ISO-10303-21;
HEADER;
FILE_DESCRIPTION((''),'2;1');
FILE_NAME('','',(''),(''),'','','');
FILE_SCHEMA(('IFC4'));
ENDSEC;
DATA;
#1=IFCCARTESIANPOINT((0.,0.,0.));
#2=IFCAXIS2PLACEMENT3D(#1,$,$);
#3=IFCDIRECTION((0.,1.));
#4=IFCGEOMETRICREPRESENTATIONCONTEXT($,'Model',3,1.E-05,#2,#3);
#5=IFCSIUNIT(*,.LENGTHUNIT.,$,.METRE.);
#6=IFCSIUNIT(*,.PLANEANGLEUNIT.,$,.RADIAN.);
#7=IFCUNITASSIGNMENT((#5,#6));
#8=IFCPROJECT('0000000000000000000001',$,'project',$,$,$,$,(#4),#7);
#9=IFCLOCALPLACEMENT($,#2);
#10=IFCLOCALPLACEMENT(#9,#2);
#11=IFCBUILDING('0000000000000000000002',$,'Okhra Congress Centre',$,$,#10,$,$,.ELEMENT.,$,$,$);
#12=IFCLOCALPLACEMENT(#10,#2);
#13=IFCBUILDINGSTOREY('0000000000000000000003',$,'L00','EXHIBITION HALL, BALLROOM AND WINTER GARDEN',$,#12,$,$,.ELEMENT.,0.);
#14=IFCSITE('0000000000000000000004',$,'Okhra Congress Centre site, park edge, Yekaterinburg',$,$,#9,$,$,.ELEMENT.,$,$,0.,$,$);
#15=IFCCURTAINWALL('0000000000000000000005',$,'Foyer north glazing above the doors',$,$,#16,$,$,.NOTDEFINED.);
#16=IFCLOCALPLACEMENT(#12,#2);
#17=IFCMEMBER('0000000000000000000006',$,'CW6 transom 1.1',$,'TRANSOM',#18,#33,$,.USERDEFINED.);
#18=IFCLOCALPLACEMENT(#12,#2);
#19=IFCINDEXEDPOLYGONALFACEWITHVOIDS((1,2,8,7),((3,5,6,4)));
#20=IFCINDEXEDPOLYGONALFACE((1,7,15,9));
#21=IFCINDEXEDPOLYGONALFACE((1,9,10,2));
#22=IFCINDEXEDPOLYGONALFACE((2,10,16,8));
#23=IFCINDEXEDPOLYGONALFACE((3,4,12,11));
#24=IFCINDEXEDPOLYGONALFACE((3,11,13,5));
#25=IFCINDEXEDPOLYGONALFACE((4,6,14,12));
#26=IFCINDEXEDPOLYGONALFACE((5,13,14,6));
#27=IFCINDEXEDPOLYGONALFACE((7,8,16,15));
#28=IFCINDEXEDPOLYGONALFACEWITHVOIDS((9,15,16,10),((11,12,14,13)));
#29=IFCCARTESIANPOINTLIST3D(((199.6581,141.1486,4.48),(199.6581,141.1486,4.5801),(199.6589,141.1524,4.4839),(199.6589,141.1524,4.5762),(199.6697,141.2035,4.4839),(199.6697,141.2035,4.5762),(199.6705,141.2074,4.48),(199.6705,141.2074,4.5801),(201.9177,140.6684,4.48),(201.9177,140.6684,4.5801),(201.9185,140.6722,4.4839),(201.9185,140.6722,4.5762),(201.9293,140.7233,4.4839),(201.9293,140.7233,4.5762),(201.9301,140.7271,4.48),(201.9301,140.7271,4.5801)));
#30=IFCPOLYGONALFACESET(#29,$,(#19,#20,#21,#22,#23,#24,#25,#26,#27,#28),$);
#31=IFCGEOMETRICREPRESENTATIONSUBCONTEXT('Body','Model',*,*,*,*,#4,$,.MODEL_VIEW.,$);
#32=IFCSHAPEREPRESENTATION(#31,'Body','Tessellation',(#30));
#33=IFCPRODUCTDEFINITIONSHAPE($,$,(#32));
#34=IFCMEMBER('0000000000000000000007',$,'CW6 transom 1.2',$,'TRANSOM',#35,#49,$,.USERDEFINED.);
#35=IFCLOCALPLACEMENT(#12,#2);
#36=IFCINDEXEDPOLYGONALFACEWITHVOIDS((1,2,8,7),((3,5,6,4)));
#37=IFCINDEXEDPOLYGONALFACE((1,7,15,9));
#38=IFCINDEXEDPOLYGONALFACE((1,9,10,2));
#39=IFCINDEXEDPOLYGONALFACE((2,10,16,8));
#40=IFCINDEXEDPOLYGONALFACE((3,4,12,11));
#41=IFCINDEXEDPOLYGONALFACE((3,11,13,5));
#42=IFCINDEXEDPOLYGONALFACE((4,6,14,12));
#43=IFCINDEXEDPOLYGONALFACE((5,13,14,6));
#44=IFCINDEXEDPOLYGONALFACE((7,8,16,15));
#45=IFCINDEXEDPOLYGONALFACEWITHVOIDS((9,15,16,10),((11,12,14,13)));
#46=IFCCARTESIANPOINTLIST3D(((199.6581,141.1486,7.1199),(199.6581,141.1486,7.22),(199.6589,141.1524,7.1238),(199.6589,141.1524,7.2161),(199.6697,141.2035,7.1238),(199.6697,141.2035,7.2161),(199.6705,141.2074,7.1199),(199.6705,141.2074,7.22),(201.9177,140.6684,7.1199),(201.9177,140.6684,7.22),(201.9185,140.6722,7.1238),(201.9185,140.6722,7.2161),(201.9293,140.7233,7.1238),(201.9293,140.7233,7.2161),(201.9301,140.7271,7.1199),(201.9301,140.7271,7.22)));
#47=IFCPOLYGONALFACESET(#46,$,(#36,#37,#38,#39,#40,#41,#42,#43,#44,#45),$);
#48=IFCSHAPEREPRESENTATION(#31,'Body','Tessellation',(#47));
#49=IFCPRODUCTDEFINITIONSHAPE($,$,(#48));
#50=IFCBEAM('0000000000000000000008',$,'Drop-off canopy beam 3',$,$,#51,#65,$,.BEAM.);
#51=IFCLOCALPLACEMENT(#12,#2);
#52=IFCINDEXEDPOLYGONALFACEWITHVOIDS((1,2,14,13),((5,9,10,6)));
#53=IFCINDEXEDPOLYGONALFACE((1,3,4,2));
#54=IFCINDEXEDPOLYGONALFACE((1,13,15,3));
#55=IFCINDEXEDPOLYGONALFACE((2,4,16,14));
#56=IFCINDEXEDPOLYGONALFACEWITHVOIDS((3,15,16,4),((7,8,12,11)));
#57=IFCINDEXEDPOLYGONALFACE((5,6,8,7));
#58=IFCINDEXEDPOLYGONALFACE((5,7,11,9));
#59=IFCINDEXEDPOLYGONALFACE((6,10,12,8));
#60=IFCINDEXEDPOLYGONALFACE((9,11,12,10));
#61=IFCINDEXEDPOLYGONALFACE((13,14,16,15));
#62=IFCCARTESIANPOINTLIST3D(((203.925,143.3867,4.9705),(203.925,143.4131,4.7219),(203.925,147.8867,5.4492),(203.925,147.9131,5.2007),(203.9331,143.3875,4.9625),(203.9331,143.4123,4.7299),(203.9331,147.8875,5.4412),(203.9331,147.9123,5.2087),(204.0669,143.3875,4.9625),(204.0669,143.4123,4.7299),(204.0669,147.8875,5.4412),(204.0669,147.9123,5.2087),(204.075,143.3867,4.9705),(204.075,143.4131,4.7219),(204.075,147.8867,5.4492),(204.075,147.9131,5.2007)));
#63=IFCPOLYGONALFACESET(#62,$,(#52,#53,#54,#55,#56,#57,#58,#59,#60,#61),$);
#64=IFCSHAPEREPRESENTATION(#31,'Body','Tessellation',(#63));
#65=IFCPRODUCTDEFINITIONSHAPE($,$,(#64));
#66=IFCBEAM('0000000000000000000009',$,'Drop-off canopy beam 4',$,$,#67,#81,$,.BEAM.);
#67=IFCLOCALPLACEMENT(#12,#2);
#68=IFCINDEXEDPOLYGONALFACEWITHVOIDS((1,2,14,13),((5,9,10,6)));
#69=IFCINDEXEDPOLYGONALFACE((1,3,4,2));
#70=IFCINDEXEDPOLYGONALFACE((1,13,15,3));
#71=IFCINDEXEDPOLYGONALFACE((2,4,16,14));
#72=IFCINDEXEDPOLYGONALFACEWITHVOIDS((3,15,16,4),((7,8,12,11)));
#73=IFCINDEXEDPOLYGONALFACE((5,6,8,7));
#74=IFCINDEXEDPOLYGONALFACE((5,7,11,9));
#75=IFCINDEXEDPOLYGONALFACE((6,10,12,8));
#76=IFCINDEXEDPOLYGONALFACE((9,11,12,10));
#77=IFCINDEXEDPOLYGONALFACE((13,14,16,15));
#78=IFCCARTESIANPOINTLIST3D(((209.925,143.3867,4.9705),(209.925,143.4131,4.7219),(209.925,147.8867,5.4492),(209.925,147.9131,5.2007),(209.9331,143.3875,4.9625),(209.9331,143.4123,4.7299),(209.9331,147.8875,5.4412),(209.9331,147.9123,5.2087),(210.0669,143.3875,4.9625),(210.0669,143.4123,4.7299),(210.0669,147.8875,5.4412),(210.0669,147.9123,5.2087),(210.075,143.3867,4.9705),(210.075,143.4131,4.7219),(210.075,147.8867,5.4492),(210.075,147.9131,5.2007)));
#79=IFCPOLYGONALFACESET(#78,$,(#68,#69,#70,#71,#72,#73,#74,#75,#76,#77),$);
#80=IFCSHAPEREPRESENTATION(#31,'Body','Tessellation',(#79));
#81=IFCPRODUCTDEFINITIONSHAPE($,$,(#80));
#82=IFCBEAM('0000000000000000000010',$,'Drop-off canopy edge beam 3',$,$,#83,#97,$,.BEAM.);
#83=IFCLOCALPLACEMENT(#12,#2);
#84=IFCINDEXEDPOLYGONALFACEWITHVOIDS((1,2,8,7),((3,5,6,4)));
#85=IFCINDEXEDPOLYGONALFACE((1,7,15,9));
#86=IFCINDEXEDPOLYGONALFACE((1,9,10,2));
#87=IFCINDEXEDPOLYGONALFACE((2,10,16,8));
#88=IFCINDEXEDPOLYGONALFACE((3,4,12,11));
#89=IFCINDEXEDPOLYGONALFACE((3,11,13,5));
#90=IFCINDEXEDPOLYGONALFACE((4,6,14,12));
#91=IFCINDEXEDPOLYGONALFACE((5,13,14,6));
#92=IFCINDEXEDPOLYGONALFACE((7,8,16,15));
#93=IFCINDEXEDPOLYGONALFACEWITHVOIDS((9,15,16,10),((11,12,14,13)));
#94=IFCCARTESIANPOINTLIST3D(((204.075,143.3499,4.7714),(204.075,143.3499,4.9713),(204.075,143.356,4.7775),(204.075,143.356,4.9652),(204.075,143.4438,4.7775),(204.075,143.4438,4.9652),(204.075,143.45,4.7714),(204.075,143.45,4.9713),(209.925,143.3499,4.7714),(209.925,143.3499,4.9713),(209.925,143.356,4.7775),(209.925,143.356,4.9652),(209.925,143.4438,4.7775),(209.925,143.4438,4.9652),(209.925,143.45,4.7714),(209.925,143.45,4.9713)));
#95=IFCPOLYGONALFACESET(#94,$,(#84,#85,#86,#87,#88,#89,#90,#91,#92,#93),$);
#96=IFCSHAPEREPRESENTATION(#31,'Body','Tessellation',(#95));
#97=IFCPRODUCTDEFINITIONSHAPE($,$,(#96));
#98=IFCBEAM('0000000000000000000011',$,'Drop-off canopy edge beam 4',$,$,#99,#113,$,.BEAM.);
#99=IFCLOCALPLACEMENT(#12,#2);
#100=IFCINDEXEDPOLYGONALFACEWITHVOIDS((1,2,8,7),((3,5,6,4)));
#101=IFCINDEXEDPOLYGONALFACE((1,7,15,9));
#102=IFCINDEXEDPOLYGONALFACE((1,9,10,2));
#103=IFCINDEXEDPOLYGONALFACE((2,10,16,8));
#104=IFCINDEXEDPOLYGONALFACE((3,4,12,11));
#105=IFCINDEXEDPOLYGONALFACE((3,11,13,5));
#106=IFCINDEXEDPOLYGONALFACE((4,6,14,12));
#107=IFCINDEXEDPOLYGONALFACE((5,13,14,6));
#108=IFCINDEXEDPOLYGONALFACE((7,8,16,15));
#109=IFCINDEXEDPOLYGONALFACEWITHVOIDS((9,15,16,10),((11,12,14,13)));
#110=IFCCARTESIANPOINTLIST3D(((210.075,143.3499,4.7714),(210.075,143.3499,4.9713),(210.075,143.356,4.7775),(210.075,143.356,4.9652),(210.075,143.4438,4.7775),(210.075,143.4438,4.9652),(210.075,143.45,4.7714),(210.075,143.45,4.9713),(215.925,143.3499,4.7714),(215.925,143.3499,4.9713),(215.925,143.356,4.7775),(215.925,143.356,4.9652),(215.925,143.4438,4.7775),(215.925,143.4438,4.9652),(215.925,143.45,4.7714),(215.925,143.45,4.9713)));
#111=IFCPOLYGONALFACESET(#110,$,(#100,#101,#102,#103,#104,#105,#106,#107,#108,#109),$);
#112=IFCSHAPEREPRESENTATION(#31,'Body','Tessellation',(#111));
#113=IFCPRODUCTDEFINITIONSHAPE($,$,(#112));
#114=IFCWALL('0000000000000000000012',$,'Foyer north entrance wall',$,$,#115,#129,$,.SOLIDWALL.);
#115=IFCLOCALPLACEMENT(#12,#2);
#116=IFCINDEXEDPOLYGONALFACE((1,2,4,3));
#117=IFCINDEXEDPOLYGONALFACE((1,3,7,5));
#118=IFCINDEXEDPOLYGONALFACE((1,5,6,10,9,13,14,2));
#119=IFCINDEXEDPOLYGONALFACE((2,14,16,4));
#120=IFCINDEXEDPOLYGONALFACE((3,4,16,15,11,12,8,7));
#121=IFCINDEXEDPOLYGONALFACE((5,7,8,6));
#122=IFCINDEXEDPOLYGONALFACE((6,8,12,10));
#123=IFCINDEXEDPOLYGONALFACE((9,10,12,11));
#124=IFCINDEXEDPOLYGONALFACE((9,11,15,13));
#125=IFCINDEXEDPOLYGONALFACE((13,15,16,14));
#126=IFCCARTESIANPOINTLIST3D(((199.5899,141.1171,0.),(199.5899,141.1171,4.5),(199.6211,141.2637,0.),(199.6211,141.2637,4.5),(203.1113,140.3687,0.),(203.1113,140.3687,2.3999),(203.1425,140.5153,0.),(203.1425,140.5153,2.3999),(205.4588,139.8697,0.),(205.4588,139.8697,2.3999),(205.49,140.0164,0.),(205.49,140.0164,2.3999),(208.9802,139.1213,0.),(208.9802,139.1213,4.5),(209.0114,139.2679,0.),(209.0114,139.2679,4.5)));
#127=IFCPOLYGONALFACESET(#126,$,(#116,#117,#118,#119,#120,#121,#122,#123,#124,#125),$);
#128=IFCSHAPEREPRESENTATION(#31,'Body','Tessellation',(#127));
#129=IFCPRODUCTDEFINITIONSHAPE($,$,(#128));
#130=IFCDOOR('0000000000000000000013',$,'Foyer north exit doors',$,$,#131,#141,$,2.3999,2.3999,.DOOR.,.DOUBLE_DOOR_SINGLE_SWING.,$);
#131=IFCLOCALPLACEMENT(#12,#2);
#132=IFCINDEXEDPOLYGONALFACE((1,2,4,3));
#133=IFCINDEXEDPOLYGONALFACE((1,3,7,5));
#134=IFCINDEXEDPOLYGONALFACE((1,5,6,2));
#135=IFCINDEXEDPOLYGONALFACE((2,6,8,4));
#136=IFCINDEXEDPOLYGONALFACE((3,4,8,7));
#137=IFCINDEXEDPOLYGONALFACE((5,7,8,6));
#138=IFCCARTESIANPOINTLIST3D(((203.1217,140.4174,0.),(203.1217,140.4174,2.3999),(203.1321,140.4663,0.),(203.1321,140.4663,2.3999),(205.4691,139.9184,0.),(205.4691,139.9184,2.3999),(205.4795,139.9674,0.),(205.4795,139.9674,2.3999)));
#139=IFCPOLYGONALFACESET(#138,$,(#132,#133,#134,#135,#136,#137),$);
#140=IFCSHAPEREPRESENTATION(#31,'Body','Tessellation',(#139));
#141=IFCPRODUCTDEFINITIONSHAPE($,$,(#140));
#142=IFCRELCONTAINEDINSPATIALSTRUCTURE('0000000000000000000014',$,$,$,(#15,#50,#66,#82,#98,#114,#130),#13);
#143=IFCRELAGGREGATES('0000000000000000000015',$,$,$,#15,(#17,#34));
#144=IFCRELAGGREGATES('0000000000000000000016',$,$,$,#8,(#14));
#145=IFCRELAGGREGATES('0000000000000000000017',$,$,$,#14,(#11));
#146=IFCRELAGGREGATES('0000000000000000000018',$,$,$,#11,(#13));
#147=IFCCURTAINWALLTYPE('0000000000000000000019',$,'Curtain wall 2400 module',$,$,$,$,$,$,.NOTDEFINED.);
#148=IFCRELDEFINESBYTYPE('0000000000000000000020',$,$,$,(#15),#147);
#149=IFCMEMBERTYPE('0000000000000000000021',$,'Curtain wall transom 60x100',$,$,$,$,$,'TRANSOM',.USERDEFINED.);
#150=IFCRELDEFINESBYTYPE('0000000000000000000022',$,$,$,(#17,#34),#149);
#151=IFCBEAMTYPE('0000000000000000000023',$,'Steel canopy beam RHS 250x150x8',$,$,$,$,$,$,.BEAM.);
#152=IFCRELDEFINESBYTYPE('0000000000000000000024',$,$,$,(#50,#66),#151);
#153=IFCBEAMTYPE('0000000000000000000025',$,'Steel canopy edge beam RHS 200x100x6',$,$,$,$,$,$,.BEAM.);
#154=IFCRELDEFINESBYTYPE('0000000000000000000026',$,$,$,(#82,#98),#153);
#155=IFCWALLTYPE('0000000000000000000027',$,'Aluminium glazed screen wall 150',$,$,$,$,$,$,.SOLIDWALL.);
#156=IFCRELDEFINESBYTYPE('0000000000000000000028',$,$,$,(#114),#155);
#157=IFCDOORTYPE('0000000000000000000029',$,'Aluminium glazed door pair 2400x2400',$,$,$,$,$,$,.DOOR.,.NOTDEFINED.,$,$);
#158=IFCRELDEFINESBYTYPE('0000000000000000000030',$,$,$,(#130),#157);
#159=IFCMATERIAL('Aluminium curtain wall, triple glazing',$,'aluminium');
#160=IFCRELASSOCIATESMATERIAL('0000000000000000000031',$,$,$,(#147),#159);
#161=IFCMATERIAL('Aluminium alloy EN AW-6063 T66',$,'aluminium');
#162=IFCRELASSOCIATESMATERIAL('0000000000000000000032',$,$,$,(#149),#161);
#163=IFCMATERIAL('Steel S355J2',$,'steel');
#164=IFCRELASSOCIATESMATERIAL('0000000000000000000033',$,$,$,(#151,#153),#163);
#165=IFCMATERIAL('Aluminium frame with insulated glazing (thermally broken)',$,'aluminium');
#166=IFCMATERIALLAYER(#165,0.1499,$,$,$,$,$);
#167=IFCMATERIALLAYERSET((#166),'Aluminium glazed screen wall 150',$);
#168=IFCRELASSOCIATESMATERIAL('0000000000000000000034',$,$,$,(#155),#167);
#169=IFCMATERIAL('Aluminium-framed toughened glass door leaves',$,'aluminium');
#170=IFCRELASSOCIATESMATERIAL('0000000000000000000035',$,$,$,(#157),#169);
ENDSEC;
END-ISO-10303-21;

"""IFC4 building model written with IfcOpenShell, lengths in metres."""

from ifc_helpers import new_model, si_unit, direction, frame, frame_2d, origin, origin_2d, place, context, subcontext, project, spatial, rectangle, hollow_rectangle, extrude, material, layer, layer_set, material_profile, profile_set, type_object, element, fill, aggregate, save


model = new_model("IFC4")

# Units and contexts
model_context = context("Model", 3, precision=1e-05, world=origin(), true_north=direction((0.0, 1.0)))
body_context = subcontext(model_context, "Body", "Model", "MODEL_VIEW")
ifc_project = project(units=[si_unit("LENGTHUNIT", "METRE"), si_unit("PLANEANGLEUNIT", "RADIAN")], contexts=[model_context])

# Site, building, storey
site_placement = place(None, origin())
site = spatial("IfcSite", under=ifc_project, at=site_placement, Name="Okhra Congress Centre site, park edge, Yekaterinburg", CompositionType="ELEMENT", RefElevation=0.0)
building_placement = place(site_placement, origin())
building = spatial("IfcBuilding", under=site, at=building_placement, Name="Okhra Congress Centre", CompositionType="ELEMENT")
storey_placement = place(building_placement, origin())
storey = spatial("IfcBuildingStorey", under=building, at=storey_placement, Name="L00", Description="EXHIBITION HALL, BALLROOM AND WINTER GARDEN", CompositionType="ELEMENT", Elevation=0.0)

# Shared definitions
ifc_material_1 = material(Name="Steel S355J2", Category="steel")

# Curtain wall, members
ifc_material_2 = material(Name="Aluminium curtain wall, triple glazing", Category="aluminium")
curtain_wall_type = type_object("IfcCurtainWallType", Name="Curtain wall 2400 module", PredefinedType="NOTDEFINED", material=ifc_material_2)
curtain_wall_placement = place(storey_placement, origin())
curtain_wall = element("IfcCurtainWall", 1, at=curtain_wall_placement, inside=storey, type_object=curtain_wall_type, Name="Foyer north glazing above the doors", PredefinedType="NOTDEFINED")
ifc_material_3 = material(Name="Aluminium alloy EN AW-6063 T66", Category="aluminium")
ifc_material_profile_1 = material_profile(ifc_material_3, hollow_rectangle(XDim=0.0601, YDim=0.1001, WallThickness=0.0039, at=origin_2d()), Name="RHS 60x100x4")
ifc_profile_set_1 = profile_set([ifc_material_profile_1], Name="Aluminium alloy EN AW-6063 T66")
member_type_1 = type_object("IfcMemberType", Name="Curtain wall transom 60x100", ElementType="TRANSOM", PredefinedType="USERDEFINED", material=ifc_profile_set_1)
member_1_placement = place(storey_placement, frame((199.6643, 141.178, 4.53), z_axis=(0.978152, -0.20789, 0.0), x_axis=(0.20789, 0.978152, 0.0)))
member_1 = element("IfcMember", 2, at=member_1_placement, type_object=member_type_1, Name="CW6 transom 1.1", ObjectType="TRANSOM", PredefinedType="USERDEFINED", context=body_context, shape_type="SweptSolid", body=[
    extrude(hollow_rectangle(XDim=0.0601, YDim=0.1001, WallThickness=0.0039, at=origin_2d()), origin(), (0.0, 0.0, 1.0), 2.3101),
])
member_2_placement = place(storey_placement, frame((199.6643, 141.178, 7.1699), z_axis=(0.978152, -0.20789, 0.0), x_axis=(0.20789, 0.978152, 0.0)))
member_2 = element("IfcMember", 3, at=member_2_placement, type_object=member_type_1, Name="CW6 transom 1.2", ObjectType="TRANSOM", PredefinedType="USERDEFINED", context=body_context, shape_type="SweptSolid", body=[
    extrude(hollow_rectangle(XDim=0.0601, YDim=0.1001, WallThickness=0.0039, at=origin_2d()), origin(), (0.0, 0.0, 1.0), 2.3101),
])
aggregate(curtain_wall, [member_1, member_2])

# Beams
ifc_material_profile_2 = material_profile(ifc_material_1, hollow_rectangle(XDim=0.1499, YDim=0.25, WallThickness=0.0081, at=origin_2d()), Name="RHS 250x150x8")
ifc_profile_set_2 = profile_set([ifc_material_profile_2], Name="Steel S355J2")
beam_type_1 = type_object("IfcBeamType", Name="Steel canopy beam RHS 250x150x8", PredefinedType="BEAM", material=ifc_profile_set_2)
for number, where, z_axis, x_axis, name in (
    (4, (204.0, 143.3999, 4.8462), (0.0, 0.994388, 0.105794), (-1.0, 0.0, 0.0), "Drop-off canopy beam 3"),
    (5, (210.0, 143.3999, 4.8462), (0.0, 0.994388, 0.105794), (-1.0, 0.0, 0.0), "Drop-off canopy beam 4"),
):
    element("IfcBeam", number, at=place(storey_placement, frame(where, z_axis=z_axis, x_axis=x_axis)), inside=storey, type_object=beam_type_1, Name=name, PredefinedType="BEAM", context=body_context, shape_type="SweptSolid", body=[
        extrude(hollow_rectangle(XDim=0.1499, YDim=0.25, WallThickness=0.0081, at=origin_2d()), origin(), (0.0, 0.0, 1.0), 4.5254),
    ])
ifc_material_profile_3 = material_profile(ifc_material_1, hollow_rectangle(XDim=0.1001, YDim=0.2, WallThickness=0.0061, at=origin_2d()), Name="RHS 200x100x6")
ifc_profile_set_3 = profile_set([ifc_material_profile_3], Name="Steel S355J2")
beam_type_2 = type_object("IfcBeamType", Name="Steel canopy edge beam RHS 200x100x6", PredefinedType="BEAM", material=ifc_profile_set_3)
for number, where, z_axis, x_axis, name in (
    (6, (204.075, 143.3999, 4.8713), (1.0, 0.0, 0.0), (0.0, 1.0, 0.0), "Drop-off canopy edge beam 3"),
    (7, (210.075, 143.3999, 4.8713), (1.0, 0.0, 0.0), (0.0, 1.0, 0.0), "Drop-off canopy edge beam 4"),
):
    element("IfcBeam", number, at=place(storey_placement, frame(where, z_axis=z_axis, x_axis=x_axis)), inside=storey, type_object=beam_type_2, Name=name, PredefinedType="BEAM", context=body_context, shape_type="SweptSolid", body=[
        extrude(hollow_rectangle(XDim=0.1001, YDim=0.2, WallThickness=0.0061, at=origin_2d()), origin(), (0.0, 0.0, 1.0), 5.8501),
    ])

# Wall, opening, door
ifc_material_4 = material(Name="Aluminium frame with insulated glazing (thermally broken)", Category="aluminium")
ifc_layer = layer(ifc_material_4, 0.1499)
ifc_layer_set = layer_set([ifc_layer], Name="Aluminium glazed screen wall 150")
wall_type = type_object("IfcWallType", Name="Aluminium glazed screen wall 150", PredefinedType="SOLIDWALL", material=ifc_layer_set)
wall_placement = place(storey_placement, frame((199.6055, 141.1904, 0.0), z_axis=(0.0, 0.0, 1.0), x_axis=(0.978151, -0.207898, 0.0)))
wall = element("IfcWall", 8, at=wall_placement, inside=storey, type_object=wall_type, Name="Foyer north entrance wall", PredefinedType="SOLIDWALL", context=body_context, shape_type="SweptSolid", body=[
    extrude(rectangle(XDim=9.6001, YDim=0.1499, at=frame_2d((4.8, 0.0))), origin(), (0.0, 0.0, 1.0), 4.5),
])
opening_placement = place(wall_placement, frame((3.6001, 0.0, 0.0)))
opening = element("IfcOpeningElement", 9, at=opening_placement, cuts=wall, PredefinedType="OPENING", context=body_context, shape_type="SweptSolid", body=[
    extrude(rectangle(XDim=2.3999, YDim=2.3999, at=frame_2d((1.2, 1.2))), frame((0.0, 0.085, 0.0), z_axis=(0.0, -1.0, 0.0), x_axis=(1.0, 0.0, 0.0)), (0.0, 0.0, 1.0), 0.1699),
])
ifc_material_5 = material(Name="Aluminium-framed toughened glass door leaves", Category="aluminium")
door_type = type_object("IfcDoorType", Name="Aluminium glazed door pair 2400x2400", OperationType="NOTDEFINED", PredefinedType="DOOR", material=ifc_material_5)
door_placement = place(opening_placement, origin())
door = element("IfcDoor", 10, at=door_placement, inside=storey, type_object=door_type, Name="Foyer north exit doors", OperationType="DOUBLE_DOOR_SINGLE_SWING", OverallHeight=2.3999, OverallWidth=2.3999, PredefinedType="DOOR", context=body_context, shape_type="SweptSolid", body=[
    extrude(rectangle(XDim=2.3999, YDim=2.3999, at=frame_2d((1.2, 1.2))), frame((0.0, 0.0249, 0.0), z_axis=(0.0, -1.0, 0.0), x_axis=(1.0, 0.0, 0.0)), (0.0, 0.0, 1.0), 0.05),
])
fill(opening, door)

save(model, "model.ifc")
